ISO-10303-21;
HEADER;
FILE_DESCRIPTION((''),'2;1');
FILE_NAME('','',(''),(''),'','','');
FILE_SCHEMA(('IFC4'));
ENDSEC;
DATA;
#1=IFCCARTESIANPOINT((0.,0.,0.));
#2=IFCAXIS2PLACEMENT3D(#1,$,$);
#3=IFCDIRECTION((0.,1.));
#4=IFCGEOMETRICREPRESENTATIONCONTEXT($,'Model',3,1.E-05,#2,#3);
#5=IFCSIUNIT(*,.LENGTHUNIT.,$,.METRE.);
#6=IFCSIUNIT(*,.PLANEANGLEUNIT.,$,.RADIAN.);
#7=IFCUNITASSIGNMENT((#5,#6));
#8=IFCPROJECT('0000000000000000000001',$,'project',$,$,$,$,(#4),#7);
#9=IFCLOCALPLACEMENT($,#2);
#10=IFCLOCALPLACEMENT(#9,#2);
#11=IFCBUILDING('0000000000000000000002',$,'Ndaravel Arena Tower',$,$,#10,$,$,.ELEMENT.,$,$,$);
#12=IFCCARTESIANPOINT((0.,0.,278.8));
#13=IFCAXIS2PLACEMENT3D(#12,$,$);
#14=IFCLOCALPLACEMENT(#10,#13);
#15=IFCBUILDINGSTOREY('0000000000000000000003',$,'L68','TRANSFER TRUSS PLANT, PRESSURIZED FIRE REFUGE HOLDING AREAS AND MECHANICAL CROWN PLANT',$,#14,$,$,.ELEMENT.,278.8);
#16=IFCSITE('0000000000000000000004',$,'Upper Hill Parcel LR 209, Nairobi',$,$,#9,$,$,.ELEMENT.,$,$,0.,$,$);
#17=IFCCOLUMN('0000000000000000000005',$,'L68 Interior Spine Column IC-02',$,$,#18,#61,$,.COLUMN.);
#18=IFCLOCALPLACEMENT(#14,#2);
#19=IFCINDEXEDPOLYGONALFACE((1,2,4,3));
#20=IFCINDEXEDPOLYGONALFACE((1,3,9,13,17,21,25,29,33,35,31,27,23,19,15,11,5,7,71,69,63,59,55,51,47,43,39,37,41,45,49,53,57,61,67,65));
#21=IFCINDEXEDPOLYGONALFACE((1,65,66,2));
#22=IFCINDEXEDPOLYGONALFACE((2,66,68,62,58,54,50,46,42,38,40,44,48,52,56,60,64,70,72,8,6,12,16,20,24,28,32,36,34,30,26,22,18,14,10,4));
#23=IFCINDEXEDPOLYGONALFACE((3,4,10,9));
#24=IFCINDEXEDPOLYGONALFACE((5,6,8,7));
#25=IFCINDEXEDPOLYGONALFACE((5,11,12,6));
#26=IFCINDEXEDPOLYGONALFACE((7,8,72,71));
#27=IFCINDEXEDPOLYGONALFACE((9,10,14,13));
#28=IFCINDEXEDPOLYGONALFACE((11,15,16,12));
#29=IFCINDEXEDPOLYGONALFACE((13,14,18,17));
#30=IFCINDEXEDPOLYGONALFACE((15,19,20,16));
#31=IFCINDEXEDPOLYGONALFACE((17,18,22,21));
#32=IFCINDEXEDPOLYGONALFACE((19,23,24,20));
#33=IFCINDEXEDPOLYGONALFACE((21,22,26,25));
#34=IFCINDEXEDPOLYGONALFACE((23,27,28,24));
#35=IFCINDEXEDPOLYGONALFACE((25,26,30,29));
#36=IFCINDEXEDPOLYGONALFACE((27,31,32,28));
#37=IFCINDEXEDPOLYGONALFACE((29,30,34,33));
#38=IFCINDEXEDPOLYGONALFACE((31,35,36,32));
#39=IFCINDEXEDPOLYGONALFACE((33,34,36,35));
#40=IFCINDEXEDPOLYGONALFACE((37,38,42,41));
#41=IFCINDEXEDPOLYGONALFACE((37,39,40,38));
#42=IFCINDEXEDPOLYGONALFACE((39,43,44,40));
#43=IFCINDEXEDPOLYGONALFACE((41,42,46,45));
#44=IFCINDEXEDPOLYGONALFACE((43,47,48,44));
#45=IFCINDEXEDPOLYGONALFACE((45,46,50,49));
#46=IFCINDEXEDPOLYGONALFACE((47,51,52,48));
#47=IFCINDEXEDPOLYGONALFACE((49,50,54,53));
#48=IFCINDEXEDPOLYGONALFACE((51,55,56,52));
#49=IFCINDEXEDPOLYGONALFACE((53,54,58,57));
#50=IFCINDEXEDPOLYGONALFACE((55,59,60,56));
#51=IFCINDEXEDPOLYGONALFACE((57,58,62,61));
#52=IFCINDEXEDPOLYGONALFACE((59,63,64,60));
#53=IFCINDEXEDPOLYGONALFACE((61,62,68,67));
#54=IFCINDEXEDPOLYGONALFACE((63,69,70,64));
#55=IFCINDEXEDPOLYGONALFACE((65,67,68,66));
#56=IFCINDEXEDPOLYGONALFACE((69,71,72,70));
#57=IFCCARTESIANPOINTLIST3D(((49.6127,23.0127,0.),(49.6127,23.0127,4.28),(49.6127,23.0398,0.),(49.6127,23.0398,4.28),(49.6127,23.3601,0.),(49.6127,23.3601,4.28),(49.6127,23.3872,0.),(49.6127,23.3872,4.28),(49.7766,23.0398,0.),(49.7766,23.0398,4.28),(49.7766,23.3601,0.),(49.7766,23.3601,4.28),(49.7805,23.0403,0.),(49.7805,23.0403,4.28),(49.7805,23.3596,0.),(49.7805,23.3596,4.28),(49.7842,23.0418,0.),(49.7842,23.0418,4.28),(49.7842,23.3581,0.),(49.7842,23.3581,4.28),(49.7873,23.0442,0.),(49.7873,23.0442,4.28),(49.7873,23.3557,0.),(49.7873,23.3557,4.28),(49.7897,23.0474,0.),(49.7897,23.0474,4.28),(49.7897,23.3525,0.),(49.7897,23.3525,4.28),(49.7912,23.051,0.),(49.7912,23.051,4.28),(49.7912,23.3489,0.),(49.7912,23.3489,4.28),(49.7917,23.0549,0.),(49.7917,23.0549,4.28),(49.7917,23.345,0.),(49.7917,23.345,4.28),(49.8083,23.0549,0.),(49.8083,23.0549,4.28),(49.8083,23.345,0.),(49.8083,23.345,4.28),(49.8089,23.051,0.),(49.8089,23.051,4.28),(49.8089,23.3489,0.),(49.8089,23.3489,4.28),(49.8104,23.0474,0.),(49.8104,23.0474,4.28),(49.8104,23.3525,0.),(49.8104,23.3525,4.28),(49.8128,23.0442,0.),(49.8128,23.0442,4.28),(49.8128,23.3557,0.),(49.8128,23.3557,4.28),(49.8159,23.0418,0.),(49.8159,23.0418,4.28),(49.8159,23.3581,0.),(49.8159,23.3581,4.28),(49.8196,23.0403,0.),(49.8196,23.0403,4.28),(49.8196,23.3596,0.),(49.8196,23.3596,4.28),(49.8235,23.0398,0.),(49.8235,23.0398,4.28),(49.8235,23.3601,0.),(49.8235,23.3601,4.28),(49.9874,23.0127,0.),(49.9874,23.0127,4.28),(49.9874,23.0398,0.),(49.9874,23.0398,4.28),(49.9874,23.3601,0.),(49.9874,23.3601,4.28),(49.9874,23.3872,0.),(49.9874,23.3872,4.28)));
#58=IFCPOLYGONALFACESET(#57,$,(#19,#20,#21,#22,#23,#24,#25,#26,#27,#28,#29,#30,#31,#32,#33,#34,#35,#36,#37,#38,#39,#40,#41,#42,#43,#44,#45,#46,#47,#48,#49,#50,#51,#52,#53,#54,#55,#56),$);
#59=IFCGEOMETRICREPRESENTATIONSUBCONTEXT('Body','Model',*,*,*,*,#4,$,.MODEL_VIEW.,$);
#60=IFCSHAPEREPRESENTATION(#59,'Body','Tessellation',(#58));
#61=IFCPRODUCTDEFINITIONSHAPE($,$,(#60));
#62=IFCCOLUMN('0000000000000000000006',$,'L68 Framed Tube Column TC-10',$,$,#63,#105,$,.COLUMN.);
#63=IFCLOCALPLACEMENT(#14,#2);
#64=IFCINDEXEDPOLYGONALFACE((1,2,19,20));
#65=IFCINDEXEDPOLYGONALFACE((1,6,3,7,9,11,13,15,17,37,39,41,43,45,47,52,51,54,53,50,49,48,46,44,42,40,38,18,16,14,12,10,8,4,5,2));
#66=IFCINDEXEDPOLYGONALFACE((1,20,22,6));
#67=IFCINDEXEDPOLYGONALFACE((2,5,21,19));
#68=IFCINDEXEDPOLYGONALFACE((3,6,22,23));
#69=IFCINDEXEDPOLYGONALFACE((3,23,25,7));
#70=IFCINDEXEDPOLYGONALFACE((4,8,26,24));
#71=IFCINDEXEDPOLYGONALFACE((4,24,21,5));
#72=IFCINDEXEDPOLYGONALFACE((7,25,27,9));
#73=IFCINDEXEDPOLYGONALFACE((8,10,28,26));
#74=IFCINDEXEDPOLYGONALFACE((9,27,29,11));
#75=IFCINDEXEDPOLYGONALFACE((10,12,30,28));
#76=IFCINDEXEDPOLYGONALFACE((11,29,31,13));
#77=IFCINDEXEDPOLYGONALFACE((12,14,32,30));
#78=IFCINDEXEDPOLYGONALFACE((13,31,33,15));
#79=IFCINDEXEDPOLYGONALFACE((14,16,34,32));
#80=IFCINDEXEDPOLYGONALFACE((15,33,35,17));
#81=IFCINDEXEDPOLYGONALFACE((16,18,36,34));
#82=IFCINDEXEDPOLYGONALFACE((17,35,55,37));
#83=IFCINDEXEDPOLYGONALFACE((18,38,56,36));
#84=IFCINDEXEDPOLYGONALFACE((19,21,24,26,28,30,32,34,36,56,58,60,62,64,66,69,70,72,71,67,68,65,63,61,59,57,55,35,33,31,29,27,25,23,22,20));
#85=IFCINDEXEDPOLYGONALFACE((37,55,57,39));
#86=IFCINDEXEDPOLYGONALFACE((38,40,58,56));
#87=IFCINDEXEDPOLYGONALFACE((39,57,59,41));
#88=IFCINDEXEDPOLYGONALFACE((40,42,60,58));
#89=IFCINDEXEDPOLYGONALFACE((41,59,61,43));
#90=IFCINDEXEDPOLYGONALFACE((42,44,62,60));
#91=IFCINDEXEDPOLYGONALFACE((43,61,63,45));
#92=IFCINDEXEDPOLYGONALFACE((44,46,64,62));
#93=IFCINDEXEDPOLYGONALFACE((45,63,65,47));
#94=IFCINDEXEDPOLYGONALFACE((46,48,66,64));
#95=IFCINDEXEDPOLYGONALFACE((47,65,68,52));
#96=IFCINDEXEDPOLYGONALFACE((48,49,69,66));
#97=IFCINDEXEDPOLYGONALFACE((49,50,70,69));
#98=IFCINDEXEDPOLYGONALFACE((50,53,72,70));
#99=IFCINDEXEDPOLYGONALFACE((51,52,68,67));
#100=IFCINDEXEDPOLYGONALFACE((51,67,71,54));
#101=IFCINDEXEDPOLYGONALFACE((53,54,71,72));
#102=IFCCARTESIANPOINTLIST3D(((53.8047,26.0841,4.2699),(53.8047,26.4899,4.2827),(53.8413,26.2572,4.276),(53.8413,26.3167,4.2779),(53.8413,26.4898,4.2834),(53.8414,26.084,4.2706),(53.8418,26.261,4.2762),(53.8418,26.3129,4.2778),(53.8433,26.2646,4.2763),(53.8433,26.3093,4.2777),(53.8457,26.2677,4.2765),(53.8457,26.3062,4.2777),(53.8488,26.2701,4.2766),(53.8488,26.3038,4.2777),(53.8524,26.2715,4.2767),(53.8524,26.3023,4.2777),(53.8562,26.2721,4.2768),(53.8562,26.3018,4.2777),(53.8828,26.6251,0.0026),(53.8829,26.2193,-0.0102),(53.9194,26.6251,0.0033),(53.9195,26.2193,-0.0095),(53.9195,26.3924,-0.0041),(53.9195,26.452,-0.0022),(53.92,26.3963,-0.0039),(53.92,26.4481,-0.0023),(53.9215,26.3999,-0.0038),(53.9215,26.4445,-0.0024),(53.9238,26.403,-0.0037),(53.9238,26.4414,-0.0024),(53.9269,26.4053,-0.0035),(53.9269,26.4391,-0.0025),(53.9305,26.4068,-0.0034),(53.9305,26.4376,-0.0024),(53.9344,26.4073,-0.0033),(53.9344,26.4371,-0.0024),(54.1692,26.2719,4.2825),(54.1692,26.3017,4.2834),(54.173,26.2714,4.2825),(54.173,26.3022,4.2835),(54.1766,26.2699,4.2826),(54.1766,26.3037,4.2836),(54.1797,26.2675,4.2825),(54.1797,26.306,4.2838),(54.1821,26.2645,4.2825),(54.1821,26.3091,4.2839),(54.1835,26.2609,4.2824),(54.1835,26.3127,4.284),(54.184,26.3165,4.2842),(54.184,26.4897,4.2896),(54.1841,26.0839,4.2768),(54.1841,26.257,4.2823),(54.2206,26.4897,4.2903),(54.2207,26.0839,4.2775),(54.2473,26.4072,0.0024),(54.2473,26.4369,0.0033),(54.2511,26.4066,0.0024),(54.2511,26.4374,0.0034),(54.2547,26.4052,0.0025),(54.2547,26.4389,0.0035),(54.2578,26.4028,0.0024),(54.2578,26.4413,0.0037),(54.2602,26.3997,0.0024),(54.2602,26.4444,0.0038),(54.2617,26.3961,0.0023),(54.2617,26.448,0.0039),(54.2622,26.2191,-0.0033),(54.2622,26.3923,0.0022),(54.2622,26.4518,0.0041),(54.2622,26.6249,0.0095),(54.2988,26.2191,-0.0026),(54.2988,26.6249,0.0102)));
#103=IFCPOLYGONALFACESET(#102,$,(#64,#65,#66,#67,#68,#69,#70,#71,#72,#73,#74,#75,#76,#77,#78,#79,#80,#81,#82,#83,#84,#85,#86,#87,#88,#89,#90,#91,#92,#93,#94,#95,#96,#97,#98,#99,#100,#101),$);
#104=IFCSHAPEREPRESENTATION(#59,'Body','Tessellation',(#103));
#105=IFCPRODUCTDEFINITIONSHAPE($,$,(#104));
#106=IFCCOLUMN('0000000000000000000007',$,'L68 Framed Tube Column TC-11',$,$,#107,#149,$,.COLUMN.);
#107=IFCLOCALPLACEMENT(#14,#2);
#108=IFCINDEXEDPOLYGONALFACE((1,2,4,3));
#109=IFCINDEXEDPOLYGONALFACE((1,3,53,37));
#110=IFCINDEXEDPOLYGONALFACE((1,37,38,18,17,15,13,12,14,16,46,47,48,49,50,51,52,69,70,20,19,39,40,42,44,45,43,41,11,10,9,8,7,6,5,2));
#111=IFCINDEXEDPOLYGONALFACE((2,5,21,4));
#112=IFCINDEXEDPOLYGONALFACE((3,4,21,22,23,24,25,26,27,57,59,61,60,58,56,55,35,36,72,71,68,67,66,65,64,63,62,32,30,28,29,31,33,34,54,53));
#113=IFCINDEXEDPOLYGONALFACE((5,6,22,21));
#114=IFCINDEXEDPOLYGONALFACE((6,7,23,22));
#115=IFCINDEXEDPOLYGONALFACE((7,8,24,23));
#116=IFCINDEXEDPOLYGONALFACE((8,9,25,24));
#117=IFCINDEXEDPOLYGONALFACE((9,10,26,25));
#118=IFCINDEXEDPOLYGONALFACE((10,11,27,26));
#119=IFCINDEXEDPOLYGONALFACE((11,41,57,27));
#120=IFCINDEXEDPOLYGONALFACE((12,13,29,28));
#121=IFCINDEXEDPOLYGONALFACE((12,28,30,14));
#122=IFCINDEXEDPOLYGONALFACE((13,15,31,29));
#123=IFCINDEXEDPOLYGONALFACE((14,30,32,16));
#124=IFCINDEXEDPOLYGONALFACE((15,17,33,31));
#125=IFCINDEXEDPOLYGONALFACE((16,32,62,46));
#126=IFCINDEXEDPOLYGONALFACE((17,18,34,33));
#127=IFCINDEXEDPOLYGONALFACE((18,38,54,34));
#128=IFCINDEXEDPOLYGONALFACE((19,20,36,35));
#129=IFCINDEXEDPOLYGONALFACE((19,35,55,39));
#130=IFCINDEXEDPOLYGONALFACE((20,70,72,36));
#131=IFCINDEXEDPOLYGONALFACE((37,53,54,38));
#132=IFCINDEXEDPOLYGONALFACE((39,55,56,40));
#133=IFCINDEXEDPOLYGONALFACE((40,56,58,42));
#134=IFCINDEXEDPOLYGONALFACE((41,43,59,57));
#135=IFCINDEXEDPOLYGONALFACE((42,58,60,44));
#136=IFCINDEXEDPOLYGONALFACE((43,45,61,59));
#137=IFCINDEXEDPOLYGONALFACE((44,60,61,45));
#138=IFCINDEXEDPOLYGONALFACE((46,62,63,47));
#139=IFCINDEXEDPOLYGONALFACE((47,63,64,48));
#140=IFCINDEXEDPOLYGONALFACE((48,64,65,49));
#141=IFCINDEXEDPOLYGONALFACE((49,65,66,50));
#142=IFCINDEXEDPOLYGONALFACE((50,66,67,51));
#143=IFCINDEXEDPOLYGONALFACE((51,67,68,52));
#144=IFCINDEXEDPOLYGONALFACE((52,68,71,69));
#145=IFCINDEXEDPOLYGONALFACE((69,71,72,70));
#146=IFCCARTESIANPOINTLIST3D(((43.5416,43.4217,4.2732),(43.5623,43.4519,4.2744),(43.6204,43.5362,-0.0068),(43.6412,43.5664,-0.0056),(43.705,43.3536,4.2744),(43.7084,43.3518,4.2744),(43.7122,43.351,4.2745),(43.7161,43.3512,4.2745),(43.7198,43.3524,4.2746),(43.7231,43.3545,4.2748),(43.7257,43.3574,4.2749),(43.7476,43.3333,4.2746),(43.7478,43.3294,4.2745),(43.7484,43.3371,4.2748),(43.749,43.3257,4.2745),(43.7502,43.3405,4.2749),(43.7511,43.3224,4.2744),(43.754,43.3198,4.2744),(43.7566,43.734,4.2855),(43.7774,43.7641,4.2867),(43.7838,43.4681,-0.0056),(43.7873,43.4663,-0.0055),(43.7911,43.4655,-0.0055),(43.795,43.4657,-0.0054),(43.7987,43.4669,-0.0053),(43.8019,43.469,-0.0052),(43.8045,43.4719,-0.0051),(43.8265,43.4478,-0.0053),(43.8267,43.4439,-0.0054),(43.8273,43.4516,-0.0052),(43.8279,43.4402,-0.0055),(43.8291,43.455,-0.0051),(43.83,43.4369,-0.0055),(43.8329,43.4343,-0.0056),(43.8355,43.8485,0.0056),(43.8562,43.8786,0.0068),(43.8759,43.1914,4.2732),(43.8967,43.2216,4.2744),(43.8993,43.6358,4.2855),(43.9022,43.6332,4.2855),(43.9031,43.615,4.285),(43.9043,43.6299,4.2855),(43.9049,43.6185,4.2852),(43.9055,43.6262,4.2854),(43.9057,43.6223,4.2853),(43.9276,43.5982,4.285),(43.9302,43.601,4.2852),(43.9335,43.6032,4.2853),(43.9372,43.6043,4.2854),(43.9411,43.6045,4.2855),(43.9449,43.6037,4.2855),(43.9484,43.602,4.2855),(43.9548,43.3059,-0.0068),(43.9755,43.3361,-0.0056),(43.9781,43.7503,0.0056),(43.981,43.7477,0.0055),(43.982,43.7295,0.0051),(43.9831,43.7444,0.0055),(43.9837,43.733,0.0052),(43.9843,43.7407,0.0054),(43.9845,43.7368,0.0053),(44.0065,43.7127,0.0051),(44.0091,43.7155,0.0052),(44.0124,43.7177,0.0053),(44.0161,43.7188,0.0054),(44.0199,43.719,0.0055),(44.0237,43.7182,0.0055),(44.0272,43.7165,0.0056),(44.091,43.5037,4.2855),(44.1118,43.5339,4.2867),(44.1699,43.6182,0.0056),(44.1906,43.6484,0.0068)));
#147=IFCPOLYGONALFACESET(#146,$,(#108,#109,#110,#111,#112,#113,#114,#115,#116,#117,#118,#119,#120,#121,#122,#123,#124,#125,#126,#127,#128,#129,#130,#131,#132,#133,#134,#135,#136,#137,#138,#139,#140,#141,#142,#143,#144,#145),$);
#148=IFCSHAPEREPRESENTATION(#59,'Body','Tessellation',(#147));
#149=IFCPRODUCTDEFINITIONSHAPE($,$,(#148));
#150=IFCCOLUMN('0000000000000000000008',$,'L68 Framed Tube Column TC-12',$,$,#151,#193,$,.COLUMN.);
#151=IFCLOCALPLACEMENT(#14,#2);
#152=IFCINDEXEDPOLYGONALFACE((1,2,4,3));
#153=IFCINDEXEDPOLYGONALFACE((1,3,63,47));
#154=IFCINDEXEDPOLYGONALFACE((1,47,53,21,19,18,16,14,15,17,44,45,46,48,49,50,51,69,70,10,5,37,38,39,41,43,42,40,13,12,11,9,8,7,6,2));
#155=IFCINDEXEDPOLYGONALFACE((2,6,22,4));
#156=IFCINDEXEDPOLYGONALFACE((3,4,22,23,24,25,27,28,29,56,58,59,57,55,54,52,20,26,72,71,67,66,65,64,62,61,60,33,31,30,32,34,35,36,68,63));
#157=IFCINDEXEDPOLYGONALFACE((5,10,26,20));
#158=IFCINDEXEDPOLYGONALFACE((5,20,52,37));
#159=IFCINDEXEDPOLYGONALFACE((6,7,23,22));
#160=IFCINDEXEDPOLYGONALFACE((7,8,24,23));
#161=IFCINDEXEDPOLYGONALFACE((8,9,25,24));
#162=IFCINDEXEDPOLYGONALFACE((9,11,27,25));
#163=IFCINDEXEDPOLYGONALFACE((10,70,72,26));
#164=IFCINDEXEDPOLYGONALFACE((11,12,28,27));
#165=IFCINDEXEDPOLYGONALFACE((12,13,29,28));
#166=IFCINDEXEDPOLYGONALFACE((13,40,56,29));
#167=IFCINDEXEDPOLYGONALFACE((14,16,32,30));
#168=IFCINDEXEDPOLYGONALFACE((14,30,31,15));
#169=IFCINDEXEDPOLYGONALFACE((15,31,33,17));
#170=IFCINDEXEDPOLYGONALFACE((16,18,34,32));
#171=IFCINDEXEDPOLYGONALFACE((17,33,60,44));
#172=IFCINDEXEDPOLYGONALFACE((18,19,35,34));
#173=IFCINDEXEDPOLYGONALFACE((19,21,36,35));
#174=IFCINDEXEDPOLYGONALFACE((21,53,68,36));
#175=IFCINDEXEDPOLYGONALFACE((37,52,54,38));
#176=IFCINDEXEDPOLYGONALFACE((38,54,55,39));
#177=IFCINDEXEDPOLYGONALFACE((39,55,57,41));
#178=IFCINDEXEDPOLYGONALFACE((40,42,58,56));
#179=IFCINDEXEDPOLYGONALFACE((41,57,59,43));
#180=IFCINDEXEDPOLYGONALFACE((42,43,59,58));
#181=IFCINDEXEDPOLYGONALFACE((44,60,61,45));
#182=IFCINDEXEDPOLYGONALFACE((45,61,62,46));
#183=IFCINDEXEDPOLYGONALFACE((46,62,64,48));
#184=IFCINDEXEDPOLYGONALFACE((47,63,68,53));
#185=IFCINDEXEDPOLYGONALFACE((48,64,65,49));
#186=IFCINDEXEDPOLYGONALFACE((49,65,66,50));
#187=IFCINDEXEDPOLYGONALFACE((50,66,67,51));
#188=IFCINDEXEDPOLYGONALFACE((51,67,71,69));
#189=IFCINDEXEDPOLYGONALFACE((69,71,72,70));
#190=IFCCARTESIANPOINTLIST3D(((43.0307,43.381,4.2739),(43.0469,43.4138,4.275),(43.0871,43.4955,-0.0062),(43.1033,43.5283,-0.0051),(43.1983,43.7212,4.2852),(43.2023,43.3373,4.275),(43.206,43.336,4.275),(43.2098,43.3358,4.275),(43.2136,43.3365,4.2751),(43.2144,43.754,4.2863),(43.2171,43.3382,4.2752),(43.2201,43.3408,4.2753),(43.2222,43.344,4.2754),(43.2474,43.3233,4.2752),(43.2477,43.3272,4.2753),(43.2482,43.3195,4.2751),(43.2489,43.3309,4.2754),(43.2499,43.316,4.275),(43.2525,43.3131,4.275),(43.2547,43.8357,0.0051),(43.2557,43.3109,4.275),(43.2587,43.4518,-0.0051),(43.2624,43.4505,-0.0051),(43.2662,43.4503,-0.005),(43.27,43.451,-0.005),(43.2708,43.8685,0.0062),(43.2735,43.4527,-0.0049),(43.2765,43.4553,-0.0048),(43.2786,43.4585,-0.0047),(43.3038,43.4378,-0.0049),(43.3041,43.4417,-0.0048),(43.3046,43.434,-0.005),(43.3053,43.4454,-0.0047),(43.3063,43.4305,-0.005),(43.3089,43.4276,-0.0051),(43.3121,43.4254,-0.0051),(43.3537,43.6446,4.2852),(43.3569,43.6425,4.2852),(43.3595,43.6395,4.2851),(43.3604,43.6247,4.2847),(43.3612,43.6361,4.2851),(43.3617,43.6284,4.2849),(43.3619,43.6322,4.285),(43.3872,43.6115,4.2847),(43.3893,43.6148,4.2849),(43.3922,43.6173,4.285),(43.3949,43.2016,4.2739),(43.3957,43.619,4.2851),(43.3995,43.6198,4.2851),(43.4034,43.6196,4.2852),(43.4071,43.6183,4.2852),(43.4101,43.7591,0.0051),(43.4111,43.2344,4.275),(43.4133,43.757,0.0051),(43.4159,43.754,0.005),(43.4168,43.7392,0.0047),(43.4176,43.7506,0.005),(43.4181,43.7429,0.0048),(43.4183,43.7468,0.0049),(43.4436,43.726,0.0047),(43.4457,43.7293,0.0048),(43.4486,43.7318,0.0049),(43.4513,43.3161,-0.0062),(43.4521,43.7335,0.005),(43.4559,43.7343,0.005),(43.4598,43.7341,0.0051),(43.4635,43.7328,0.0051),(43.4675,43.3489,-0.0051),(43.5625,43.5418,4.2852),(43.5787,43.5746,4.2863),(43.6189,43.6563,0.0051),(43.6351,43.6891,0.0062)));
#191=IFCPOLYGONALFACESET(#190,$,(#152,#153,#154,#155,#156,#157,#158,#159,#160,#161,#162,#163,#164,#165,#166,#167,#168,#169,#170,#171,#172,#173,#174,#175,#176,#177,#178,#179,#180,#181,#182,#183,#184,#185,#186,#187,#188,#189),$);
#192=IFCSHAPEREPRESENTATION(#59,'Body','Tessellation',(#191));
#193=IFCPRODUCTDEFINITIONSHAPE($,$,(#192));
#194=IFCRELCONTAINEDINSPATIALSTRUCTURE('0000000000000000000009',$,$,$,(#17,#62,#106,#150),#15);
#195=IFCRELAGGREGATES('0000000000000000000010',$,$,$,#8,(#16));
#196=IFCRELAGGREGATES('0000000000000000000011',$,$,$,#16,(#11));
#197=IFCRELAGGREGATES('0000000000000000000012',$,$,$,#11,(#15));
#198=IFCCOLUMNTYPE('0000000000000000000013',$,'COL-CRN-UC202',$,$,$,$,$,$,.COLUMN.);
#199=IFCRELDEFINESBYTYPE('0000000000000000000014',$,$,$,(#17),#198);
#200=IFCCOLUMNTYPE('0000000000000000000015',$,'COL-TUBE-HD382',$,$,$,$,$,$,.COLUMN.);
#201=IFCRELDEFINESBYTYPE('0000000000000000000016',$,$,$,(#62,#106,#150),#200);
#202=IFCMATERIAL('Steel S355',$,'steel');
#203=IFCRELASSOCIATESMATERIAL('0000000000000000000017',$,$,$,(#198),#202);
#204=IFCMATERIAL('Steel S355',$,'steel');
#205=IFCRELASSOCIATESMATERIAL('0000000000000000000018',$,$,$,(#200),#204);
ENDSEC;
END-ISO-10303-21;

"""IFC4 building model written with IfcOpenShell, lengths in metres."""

from ifc_helpers import new_model, si_unit, direction, frame, origin, origin_2d, place, context, subcontext, project, spatial, i_section, extrude, material, material_profile, profile_set, type_object, element, save


model = new_model("IFC4")

# Units and contexts
model_context = context("Model", 3, precision=1e-05, world=origin(), true_north=direction((0.0, 1.0)))
body_context = subcontext(model_context, "Body", "Model", "MODEL_VIEW")
ifc_project = project(units=[si_unit("LENGTHUNIT", "METRE"), si_unit("PLANEANGLEUNIT", "RADIAN")], contexts=[model_context])

# Site, building, storey
site_placement = place(None, origin())
site = spatial("IfcSite", under=ifc_project, at=site_placement, Name="Upper Hill Parcel LR 209, Nairobi", CompositionType="ELEMENT", RefElevation=0.0)
building_placement = place(site_placement, origin())
building = spatial("IfcBuilding", under=site, at=building_placement, Name="Ndaravel Arena Tower", CompositionType="ELEMENT")
storey_placement = place(building_placement, frame((0.0, 0.0, 278.8)))
storey = spatial("IfcBuildingStorey", under=building, at=storey_placement, Name="L68", Description="TRANSFER TRUSS PLANT, PRESSURIZED FIRE REFUGE HOLDING AREAS AND MECHANICAL CROWN PLANT", CompositionType="ELEMENT", Elevation=278.8)

# Columns
ifc_material_1 = material(Name="Steel S355", Category="steel")
ifc_material_profile_1 = material_profile(ifc_material_1, i_section(OverallWidth=0.3748, OverallDepth=0.3745, WebThickness=0.0166, FlangeThickness=0.0271, FilletRadius=0.0151, at=origin_2d()), Name="UC 356x368x202")
ifc_profile_set_1 = profile_set([ifc_material_profile_1], Name="Steel S355")
column_type_1 = type_object("IfcColumnType", Name="COL-CRN-UC202", PredefinedType="COLUMN", material=ifc_profile_set_1)
column_1_placement = place(storey_placement, frame((49.8, 23.2, 0.0), z_axis=(0.0, 0.0, 1.0), x_axis=(1.0, 0.0, 0.0)))
element("IfcColumn", 1, at=column_1_placement, inside=storey, type_object=column_type_1, Name="L68 Interior Spine Column IC-02", PredefinedType="COLUMN", context=body_context, shape_type="SweptSolid", body=[
    extrude(i_section(OverallWidth=0.3748, OverallDepth=0.3745, WebThickness=0.0166, FlangeThickness=0.0271, FilletRadius=0.0151, at=origin_2d()), origin(), (0.0, 0.0, 1.0), 4.28),
])
ifc_material_2 = material(Name="Steel S355", Category="steel")
ifc_material_profile_2 = material_profile(ifc_material_2, i_section(OverallWidth=0.406, OverallDepth=0.416, WebThickness=0.0298, FlangeThickness=0.0366, FilletRadius=0.0149, at=origin_2d()), Name="HD 400x382")
ifc_profile_set_2 = profile_set([ifc_material_profile_2], Name="Steel S355")
column_type_2 = type_object("IfcColumnType", Name="COL-TUBE-HD382", PredefinedType="COLUMN", material=ifc_profile_set_2)
column_2_placement = place(storey_placement, frame((54.0908, 26.4221, 0.0), z_axis=(-0.018241, -0.03158, 0.999335), x_axis=(-0.000088, 0.999501, 0.031584)))
element("IfcColumn", 2, at=column_2_placement, inside=storey, type_object=column_type_2, Name="L68 Framed Tube Column TC-10", PredefinedType="COLUMN", context=body_context, shape_type="SweptSolid", body=[
    extrude(i_section(OverallWidth=0.406, OverallDepth=0.416, WebThickness=0.0298, FlangeThickness=0.0366, FilletRadius=0.0149, at=origin_2d()), origin(), (0.0, 0.0, 1.0), 4.283),
])
column_3_placement = place(storey_placement, frame((43.9055, 43.5923, 0.0), z_axis=(-0.018415, -0.026739, 0.999473), x_axis=(0.823581, -0.567199, 0.0)))
element("IfcColumn", 3, at=column_3_placement, inside=storey, type_object=column_type_2, Name="L68 Framed Tube Column TC-11", PredefinedType="COLUMN", context=body_context, shape_type="SweptSolid", body=[
    extrude(i_section(OverallWidth=0.406, OverallDepth=0.416, WebThickness=0.0298, FlangeThickness=0.0366, FilletRadius=0.0149, at=origin_2d()), origin(), (0.0, 0.0, 1.0), 4.2822),
])
column_4_placement = place(storey_placement, frame((43.3611, 43.5923, 0.0), z_axis=(-0.013171, -0.026741, 0.999556), x_axis=(0.897089, -0.44185, 0.0)))
element("IfcColumn", 4, at=column_4_placement, inside=storey, type_object=column_type_2, Name="L68 Framed Tube Column TC-12", PredefinedType="COLUMN", context=body_context, shape_type="SweptSolid", body=[
    extrude(i_section(OverallWidth=0.406, OverallDepth=0.416, WebThickness=0.0298, FlangeThickness=0.0366, FilletRadius=0.0149, at=origin_2d()), origin(), (0.0, 0.0, 1.0), 4.282),
])

save(model, "model.ifc")
